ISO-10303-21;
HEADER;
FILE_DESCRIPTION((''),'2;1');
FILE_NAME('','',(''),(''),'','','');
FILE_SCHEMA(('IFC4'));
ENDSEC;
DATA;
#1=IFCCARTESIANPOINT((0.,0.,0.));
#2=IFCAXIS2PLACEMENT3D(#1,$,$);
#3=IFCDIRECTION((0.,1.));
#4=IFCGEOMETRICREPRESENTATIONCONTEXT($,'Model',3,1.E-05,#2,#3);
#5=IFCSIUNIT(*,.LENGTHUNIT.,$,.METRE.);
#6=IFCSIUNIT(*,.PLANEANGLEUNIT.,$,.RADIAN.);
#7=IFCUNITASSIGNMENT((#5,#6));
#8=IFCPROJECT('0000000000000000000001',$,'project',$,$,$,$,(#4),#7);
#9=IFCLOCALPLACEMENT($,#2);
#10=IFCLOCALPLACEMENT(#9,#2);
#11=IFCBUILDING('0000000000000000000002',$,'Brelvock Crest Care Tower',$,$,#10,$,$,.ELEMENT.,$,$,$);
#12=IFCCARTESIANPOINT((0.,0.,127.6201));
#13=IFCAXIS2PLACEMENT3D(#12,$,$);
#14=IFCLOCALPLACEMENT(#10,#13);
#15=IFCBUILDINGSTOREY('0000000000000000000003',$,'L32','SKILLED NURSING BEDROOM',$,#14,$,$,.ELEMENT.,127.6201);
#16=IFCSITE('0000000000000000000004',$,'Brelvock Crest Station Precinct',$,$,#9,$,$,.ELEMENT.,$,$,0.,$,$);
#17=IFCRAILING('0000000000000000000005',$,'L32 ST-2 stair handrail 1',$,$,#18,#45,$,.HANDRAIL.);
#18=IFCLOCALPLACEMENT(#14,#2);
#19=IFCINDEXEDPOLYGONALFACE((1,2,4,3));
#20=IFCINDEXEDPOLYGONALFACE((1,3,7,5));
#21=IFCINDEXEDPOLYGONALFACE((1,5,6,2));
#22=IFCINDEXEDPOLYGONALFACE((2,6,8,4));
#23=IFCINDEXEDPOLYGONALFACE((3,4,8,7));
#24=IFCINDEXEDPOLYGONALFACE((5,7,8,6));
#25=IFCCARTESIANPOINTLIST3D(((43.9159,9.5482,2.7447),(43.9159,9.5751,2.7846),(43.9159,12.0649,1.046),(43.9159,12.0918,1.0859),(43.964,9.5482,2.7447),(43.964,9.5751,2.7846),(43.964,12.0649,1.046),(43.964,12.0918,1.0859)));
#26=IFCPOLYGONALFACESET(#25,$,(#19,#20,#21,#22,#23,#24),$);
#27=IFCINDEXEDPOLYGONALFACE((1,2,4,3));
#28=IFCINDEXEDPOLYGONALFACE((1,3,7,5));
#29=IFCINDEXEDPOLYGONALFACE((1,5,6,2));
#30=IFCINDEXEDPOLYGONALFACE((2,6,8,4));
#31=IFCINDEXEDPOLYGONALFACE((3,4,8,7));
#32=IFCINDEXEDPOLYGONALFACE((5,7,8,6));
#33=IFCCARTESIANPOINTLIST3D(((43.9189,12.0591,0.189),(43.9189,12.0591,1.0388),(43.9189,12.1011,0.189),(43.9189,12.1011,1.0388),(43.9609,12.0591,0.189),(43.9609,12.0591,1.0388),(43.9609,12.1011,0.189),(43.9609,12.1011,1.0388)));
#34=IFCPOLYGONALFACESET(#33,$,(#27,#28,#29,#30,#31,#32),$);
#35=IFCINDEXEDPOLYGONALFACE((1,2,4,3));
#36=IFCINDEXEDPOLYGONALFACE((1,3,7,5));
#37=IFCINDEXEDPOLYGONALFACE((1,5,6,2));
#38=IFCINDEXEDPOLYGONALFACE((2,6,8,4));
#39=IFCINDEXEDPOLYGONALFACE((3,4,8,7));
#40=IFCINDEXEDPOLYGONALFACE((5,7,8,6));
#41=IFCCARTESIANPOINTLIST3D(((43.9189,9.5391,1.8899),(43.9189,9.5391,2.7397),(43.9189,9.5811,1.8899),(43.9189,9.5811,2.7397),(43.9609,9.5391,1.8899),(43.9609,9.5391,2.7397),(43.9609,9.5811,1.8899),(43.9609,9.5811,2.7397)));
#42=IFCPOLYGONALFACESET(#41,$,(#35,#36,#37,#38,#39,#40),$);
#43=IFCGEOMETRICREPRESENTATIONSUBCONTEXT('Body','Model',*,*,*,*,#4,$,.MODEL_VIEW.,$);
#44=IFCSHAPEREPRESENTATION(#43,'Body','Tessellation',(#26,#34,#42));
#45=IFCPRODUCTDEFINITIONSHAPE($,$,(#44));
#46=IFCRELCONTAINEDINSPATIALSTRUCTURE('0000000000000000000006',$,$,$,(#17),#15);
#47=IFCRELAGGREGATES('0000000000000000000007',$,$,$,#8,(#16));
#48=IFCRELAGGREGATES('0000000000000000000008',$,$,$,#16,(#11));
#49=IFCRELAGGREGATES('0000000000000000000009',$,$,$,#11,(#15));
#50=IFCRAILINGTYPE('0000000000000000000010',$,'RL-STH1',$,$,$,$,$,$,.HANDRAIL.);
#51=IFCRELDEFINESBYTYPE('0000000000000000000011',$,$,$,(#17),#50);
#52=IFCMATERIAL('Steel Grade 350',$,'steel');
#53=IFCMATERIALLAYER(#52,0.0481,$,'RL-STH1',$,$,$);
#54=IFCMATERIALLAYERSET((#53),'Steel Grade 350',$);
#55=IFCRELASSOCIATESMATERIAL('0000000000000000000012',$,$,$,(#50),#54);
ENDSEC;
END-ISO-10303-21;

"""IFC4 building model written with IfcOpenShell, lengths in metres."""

from ifc_helpers import new_model, si_unit, direction, frame, origin, origin_2d, place, context, subcontext, project, spatial, rectangle, extrude, material, layer, layer_set, type_object, element, save


model = new_model("IFC4")

# Units and contexts
model_context = context("Model", 3, precision=1e-05, world=origin(), true_north=direction((0.0, 1.0)))
body_context = subcontext(model_context, "Body", "Model", "MODEL_VIEW")
ifc_project = project(units=[si_unit("LENGTHUNIT", "METRE"), si_unit("PLANEANGLEUNIT", "RADIAN")], contexts=[model_context])

# Site, building, storey
site_placement = place(None, origin())
site = spatial("IfcSite", under=ifc_project, at=site_placement, Name="Brelvock Crest Station Precinct", CompositionType="ELEMENT", RefElevation=0.0)
building_placement = place(site_placement, origin())
building = spatial("IfcBuilding", under=site, at=building_placement, Name="Brelvock Crest Care Tower", CompositionType="ELEMENT")
storey_placement = place(building_placement, frame((0.0, 0.0, 127.6201)))
storey = spatial("IfcBuildingStorey", under=building, at=storey_placement, Name="L32", Description="SKILLED NURSING BEDROOM", CompositionType="ELEMENT", Elevation=127.6201)

# Shared definitions
ifc_material_1 = material(Name="Steel Grade 350", Category="steel")

# Railing
ifc_layer_1 = layer(ifc_material_1, 0.0481, Name="RL-STH1")
ifc_layer_set_1 = layer_set([ifc_layer_1], Name="Steel Grade 350")
railing_type_1 = type_object("IfcRailingType", Name="RL-STH1", PredefinedType="HANDRAIL", material=ifc_layer_set_1)
railing_1_placement = place(storey_placement, frame((43.9399, 12.0801, 0.189)))
element("IfcRailing", 1, at=railing_1_placement, inside=storey, type_object=railing_type_1, Name="L32 ST-2 stair handrail 1", PredefinedType="HANDRAIL", context=body_context, shape_type="SweptSolid", body=[
    extrude(rectangle(XDim=0.0481, YDim=0.0481, at=origin_2d()), frame((0.0, -0.0017, 0.877), z_axis=(0.0, -0.828862, 0.559454), x_axis=(1.0, 0.0, 0.0)), (0.0, 0.0, 1.0), 3.0364),
    extrude(rectangle(XDim=0.042, YDim=0.042, at=origin_2d()), origin(), (0.0, 0.0, 1.0), 0.8499),
    extrude(rectangle(XDim=0.042, YDim=0.042, at=origin_2d()), frame((0.0, -2.52, 1.7009)), (0.0, 0.0, 1.0), 0.8499),
])

save(model, "model.ifc")
